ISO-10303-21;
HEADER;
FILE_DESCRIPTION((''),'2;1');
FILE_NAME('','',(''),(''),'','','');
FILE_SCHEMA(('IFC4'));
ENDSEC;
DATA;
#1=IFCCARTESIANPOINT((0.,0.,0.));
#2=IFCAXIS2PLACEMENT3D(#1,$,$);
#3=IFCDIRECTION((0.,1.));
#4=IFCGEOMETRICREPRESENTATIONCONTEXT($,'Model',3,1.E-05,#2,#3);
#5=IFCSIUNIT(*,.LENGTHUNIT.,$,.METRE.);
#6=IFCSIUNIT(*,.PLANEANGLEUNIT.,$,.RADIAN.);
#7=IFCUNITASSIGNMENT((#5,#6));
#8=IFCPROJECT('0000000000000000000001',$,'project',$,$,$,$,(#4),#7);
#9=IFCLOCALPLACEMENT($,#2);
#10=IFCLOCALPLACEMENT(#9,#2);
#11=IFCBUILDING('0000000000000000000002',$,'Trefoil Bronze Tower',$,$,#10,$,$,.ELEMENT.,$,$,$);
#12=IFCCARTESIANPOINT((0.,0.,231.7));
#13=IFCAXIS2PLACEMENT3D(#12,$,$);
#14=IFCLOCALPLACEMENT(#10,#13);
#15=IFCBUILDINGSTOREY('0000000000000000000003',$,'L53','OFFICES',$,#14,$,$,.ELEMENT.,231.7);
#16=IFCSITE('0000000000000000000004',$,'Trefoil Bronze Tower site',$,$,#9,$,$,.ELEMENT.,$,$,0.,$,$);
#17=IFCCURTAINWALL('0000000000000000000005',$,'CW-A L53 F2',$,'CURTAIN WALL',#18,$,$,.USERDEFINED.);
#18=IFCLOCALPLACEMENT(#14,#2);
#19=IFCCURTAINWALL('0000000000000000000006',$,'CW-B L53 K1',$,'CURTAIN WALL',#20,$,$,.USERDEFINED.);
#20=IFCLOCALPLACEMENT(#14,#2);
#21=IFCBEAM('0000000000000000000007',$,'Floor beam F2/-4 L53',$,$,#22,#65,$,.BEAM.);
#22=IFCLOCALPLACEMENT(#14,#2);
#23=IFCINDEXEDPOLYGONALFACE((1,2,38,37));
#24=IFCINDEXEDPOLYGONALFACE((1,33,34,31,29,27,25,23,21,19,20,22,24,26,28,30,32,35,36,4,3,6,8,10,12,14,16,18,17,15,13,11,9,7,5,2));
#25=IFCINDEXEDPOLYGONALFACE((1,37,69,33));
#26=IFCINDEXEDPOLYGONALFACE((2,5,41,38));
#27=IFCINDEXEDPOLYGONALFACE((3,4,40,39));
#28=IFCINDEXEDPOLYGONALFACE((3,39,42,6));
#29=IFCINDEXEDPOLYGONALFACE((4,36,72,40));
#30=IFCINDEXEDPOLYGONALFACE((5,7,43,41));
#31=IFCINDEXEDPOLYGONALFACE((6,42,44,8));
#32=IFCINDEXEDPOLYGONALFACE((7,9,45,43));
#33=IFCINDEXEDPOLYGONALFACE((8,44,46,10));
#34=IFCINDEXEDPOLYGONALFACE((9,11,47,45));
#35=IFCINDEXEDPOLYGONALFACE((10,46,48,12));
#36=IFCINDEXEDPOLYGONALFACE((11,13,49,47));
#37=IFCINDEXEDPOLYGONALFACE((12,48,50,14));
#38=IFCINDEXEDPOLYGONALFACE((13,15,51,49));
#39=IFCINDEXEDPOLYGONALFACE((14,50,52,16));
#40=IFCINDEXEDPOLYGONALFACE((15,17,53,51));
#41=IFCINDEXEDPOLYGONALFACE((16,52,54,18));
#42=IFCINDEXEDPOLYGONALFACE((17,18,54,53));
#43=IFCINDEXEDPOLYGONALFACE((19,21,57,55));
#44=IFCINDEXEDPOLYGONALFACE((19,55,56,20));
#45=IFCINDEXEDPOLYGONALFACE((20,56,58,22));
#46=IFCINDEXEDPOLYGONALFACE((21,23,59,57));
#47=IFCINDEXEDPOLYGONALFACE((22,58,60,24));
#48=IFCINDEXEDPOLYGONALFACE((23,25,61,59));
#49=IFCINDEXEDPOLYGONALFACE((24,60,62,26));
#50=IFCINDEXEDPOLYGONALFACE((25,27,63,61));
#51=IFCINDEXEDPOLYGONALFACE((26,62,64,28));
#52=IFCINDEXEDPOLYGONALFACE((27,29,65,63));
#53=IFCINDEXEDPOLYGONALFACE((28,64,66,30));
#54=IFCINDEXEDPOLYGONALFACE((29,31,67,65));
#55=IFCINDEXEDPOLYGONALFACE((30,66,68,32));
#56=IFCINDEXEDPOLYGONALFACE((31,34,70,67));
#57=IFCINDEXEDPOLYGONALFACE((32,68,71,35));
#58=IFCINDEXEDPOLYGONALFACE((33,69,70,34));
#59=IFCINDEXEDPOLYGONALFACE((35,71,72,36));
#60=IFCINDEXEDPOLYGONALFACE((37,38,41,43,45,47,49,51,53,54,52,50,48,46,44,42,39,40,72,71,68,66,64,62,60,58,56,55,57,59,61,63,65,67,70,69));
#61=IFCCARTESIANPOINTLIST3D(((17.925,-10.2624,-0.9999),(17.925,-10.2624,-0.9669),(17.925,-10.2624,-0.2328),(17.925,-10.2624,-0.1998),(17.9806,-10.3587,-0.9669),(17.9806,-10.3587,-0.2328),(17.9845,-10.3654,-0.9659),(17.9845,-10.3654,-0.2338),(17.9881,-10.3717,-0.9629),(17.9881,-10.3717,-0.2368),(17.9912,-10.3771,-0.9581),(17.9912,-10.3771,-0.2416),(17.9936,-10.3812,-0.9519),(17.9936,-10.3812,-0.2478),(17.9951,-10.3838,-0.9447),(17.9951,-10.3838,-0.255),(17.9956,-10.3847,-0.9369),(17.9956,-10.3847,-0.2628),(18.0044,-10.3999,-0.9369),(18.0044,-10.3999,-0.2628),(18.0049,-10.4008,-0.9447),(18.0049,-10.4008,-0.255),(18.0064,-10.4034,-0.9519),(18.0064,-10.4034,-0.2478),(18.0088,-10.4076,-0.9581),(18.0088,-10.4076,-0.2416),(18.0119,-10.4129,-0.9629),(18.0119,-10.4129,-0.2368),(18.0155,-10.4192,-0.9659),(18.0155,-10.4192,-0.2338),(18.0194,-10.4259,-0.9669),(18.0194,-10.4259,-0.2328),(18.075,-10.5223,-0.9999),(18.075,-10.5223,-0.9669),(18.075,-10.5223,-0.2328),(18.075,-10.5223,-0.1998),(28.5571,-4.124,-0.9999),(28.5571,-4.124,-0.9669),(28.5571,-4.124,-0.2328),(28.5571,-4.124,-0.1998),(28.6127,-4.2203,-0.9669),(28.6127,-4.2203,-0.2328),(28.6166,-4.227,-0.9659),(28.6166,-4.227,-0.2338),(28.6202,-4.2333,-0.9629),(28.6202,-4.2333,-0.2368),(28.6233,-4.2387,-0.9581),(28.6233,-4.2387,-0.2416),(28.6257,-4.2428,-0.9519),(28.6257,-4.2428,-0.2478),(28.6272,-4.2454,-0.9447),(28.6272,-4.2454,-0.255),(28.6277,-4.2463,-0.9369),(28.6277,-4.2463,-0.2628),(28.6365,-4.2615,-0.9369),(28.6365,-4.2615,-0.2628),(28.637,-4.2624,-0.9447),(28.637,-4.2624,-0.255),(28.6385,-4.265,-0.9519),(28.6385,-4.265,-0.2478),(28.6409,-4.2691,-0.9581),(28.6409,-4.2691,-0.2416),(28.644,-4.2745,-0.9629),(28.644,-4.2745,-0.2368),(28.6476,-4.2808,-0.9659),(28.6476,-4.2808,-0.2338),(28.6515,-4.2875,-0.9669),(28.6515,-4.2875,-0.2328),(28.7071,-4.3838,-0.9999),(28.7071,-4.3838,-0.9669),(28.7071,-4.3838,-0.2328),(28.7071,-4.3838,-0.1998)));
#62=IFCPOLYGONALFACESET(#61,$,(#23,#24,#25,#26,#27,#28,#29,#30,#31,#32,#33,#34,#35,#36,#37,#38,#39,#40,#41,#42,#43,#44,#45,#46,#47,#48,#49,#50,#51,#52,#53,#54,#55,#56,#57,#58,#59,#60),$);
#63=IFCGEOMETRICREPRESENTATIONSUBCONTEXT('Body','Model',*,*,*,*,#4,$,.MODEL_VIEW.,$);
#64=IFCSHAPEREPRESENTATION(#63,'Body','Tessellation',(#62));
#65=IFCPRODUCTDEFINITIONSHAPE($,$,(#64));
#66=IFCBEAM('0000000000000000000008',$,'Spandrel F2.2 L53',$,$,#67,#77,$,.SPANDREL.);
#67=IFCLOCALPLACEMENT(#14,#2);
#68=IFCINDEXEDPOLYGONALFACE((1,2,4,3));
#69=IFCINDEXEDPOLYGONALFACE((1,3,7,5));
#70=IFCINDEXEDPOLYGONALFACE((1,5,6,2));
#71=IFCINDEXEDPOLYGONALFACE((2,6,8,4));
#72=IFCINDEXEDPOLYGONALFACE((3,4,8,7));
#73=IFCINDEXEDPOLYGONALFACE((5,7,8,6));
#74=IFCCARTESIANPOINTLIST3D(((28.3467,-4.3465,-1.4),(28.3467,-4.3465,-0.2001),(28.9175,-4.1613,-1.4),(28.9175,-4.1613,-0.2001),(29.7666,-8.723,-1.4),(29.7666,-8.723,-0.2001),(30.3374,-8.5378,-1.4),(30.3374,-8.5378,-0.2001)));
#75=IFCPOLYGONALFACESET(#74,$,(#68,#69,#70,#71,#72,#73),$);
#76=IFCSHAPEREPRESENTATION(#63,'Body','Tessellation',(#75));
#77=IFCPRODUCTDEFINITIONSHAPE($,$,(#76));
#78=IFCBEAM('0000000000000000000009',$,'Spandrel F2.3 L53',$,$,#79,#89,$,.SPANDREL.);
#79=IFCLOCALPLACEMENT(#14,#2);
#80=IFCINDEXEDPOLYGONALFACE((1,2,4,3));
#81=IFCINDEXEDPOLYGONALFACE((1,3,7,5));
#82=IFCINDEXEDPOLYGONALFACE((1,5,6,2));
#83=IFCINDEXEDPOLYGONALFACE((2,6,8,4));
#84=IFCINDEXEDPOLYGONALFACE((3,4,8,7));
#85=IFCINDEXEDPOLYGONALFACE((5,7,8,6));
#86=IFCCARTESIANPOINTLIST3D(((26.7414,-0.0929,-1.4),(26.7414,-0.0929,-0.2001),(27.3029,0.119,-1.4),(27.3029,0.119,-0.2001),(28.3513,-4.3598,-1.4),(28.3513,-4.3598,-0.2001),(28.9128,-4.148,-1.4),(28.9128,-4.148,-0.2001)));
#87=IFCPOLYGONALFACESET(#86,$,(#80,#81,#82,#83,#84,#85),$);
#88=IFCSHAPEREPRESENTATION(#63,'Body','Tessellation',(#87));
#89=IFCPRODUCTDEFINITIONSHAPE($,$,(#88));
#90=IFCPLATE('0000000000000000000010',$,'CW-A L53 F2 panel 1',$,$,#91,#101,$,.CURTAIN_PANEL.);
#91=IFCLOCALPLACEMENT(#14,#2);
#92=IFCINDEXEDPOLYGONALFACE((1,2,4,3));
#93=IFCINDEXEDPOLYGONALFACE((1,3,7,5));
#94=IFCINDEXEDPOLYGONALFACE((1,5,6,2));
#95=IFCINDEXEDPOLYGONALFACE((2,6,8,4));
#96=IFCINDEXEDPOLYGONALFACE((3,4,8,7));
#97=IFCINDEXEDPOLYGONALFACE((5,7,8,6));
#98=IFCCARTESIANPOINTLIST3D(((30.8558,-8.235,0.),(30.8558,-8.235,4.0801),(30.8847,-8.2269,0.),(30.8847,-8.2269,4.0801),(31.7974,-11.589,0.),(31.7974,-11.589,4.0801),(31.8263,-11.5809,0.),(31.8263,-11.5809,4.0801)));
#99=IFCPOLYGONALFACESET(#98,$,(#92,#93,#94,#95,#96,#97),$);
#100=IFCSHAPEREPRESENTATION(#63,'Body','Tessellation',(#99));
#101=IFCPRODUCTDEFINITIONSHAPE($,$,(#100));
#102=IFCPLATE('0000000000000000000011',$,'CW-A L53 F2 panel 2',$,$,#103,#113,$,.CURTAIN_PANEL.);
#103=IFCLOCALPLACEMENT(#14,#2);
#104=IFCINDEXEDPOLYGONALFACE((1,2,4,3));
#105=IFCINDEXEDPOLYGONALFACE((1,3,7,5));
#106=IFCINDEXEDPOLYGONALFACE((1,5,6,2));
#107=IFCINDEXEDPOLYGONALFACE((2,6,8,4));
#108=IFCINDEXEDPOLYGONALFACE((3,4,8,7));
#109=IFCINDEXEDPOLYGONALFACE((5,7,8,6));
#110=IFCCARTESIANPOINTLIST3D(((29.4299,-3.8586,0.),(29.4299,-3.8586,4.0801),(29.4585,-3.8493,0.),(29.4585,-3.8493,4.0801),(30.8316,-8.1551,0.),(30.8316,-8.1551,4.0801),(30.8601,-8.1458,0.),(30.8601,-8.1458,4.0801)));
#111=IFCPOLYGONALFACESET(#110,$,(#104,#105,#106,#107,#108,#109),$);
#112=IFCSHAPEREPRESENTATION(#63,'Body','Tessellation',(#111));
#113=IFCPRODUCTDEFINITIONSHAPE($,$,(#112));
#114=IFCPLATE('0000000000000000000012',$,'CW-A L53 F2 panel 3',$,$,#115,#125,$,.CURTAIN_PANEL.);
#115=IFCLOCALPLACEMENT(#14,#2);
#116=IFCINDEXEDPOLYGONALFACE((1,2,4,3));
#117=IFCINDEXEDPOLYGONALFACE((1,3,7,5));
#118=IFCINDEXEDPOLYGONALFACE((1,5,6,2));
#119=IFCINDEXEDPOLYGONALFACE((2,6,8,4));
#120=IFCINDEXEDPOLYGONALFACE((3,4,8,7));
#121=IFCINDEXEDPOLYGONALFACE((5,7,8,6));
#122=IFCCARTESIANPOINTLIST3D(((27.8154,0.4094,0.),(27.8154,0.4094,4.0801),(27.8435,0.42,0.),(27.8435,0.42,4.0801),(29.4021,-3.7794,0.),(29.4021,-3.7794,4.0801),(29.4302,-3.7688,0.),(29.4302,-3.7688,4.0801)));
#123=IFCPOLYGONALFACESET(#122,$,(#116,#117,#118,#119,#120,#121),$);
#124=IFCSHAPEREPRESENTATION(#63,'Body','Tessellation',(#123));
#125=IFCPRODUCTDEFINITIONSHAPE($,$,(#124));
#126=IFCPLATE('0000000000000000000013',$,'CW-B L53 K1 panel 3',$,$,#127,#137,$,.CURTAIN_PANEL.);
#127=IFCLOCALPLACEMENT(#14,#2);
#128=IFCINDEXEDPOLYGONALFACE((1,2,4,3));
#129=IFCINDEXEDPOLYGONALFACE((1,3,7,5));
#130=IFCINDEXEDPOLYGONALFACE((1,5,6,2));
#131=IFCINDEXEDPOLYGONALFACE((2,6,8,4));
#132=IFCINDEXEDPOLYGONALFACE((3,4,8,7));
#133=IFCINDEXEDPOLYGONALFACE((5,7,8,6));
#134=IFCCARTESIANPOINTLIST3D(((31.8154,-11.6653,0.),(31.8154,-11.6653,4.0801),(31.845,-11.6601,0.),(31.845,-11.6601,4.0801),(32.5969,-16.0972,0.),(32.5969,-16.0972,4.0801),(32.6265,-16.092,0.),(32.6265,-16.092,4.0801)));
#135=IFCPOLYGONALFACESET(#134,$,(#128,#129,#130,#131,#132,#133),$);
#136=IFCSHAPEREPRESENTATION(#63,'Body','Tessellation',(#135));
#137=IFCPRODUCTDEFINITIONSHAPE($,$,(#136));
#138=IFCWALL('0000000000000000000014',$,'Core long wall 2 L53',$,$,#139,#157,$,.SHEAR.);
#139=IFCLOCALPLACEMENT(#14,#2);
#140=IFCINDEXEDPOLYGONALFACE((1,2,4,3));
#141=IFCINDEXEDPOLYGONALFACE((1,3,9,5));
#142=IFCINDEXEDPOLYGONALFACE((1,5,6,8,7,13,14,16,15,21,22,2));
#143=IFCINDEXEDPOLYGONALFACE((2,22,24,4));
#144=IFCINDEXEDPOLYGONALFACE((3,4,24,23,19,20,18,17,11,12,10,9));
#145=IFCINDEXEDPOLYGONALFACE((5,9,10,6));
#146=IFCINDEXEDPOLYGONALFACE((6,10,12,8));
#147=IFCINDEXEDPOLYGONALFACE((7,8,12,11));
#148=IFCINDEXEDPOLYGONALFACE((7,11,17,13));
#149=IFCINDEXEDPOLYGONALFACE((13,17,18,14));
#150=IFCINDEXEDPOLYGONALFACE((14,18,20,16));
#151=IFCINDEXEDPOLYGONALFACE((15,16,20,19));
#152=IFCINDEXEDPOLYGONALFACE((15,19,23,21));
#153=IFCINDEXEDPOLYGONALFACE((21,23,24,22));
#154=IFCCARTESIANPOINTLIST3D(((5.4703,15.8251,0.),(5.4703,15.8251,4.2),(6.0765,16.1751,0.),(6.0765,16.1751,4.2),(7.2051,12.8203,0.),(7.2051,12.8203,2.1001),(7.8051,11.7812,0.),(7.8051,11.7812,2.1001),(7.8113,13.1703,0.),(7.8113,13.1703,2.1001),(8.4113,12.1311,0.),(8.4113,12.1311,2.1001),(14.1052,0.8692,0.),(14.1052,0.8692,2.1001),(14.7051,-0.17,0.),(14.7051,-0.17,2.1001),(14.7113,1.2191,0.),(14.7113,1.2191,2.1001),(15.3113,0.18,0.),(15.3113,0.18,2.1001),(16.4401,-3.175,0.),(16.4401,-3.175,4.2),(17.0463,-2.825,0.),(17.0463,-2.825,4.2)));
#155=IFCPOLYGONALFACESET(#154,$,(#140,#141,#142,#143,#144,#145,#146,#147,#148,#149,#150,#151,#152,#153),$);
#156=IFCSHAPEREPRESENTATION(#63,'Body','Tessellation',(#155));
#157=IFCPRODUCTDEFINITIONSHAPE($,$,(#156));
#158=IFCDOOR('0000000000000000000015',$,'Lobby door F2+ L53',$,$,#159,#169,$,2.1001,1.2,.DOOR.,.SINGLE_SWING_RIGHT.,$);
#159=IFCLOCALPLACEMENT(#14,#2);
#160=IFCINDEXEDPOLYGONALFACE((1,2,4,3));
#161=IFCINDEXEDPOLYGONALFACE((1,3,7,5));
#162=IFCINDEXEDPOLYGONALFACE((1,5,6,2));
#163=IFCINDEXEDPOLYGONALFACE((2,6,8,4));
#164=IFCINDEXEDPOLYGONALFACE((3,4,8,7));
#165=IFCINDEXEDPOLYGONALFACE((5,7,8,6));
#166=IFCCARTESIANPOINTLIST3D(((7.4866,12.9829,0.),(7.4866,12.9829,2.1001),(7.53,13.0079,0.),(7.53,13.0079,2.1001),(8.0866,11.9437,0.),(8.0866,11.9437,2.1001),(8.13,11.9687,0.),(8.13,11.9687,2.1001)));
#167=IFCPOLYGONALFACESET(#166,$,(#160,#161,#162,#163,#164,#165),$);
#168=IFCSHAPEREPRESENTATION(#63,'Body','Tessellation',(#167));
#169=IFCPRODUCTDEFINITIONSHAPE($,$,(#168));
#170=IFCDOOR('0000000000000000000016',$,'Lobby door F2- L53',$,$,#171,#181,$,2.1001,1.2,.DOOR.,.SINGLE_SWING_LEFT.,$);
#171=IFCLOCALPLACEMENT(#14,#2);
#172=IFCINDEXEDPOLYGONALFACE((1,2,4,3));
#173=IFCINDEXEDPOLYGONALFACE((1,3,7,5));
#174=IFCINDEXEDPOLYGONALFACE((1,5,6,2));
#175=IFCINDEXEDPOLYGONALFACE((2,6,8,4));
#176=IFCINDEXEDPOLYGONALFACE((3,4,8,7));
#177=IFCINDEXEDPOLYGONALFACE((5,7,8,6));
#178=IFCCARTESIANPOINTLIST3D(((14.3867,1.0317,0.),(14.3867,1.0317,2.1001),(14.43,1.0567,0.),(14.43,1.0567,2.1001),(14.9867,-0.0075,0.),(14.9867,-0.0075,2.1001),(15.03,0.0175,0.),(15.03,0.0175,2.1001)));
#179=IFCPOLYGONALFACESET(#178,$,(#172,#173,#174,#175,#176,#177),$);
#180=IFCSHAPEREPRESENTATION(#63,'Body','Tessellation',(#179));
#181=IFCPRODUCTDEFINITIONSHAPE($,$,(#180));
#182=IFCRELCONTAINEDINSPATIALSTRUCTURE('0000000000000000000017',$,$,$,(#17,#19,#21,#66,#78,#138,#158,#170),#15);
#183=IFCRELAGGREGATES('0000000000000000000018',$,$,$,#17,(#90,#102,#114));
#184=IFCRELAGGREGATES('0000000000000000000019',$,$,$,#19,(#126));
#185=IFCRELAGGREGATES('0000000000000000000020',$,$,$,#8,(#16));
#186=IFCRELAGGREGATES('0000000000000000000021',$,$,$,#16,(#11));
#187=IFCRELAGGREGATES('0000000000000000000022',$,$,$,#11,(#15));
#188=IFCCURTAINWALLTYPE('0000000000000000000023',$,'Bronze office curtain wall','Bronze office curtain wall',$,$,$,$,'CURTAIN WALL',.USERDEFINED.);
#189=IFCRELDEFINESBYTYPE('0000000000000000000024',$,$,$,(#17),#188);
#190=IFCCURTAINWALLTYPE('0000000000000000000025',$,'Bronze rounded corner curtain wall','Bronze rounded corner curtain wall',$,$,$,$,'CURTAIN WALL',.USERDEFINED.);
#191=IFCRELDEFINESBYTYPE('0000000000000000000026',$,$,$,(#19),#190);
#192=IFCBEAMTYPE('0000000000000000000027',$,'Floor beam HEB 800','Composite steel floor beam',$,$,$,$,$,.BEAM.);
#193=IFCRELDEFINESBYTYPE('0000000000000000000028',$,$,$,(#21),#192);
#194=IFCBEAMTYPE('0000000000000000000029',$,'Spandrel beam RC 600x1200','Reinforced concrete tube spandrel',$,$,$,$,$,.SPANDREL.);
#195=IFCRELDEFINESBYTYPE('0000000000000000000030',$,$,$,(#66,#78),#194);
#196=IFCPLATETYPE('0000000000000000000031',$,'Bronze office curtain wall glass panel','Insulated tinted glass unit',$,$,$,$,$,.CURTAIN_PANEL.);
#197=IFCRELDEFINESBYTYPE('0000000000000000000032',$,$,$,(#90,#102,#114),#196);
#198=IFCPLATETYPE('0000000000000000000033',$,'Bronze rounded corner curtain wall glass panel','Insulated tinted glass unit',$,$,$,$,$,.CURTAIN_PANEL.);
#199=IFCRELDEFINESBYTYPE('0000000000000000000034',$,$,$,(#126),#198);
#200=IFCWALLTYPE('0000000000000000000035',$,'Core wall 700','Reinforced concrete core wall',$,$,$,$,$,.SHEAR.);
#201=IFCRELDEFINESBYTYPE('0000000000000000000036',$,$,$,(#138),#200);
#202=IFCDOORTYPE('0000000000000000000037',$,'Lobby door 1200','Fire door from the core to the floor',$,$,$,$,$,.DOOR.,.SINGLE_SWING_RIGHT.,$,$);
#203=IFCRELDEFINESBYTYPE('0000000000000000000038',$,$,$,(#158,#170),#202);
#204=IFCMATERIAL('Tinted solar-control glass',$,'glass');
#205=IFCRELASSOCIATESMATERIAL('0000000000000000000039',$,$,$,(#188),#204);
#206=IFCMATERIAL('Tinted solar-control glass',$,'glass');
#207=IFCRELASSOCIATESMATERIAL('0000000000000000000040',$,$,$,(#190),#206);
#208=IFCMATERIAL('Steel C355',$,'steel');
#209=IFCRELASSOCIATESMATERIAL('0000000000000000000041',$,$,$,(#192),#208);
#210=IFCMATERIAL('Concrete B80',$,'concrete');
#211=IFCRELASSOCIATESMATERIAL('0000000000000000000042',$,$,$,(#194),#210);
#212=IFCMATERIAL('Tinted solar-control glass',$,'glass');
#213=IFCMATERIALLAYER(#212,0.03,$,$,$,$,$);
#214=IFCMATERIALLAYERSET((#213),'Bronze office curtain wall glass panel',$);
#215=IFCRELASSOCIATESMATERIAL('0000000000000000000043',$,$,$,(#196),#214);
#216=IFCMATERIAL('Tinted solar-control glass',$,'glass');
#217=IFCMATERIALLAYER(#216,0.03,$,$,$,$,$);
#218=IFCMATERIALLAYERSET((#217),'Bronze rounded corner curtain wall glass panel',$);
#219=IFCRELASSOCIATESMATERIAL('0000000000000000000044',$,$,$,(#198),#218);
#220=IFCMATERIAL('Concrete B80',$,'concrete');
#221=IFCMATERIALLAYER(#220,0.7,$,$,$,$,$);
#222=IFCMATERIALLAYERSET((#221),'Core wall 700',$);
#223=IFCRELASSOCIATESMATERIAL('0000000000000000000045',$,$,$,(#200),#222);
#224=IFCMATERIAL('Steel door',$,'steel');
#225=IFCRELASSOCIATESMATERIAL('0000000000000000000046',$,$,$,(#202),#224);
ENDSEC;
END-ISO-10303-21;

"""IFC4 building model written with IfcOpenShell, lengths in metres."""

from ifc_helpers import new_model, si_unit, direction, frame, frame_2d, origin, origin_2d, place, context, subcontext, project, spatial, rectangle, i_section, extrude, material, layer, layer_set, material_profile, profile_set, type_object, element, fill, aggregate, save


model = new_model("IFC4")

# Units and contexts
model_context = context("Model", 3, precision=1e-05, world=origin(), true_north=direction((0.0, 1.0)))
body_context = subcontext(model_context, "Body", "Model", "MODEL_VIEW")
ifc_project = project(units=[si_unit("LENGTHUNIT", "METRE"), si_unit("PLANEANGLEUNIT", "RADIAN")], contexts=[model_context])

# Site, building, storey
site_placement = place(None, origin())
site = spatial("IfcSite", under=ifc_project, at=site_placement, Name="Trefoil Bronze Tower site", CompositionType="ELEMENT", RefElevation=0.0)
building_placement = place(site_placement, origin())
building = spatial("IfcBuilding", under=site, at=building_placement, Name="Trefoil Bronze Tower", CompositionType="ELEMENT")
storey_placement = place(building_placement, frame((0.0, 0.0, 231.7)))
storey = spatial("IfcBuildingStorey", under=building, at=storey_placement, Name="L53", Description="OFFICES", CompositionType="ELEMENT", Elevation=231.7)

# Curtain walls
ifc_material_1 = material(Name="Tinted solar-control glass", Category="glass")
curtain_wall_type_1 = type_object("IfcCurtainWallType", Name="Bronze office curtain wall", Description="Bronze office curtain wall", ElementType="CURTAIN WALL", PredefinedType="USERDEFINED", material=ifc_material_1)
curtain_wall_1_placement = place(storey_placement, origin())
curtain_wall_1 = element("IfcCurtainWall", 1, at=curtain_wall_1_placement, inside=storey, type_object=curtain_wall_type_1, Name="CW-A L53 F2", ObjectType="CURTAIN WALL", PredefinedType="USERDEFINED")
ifc_material_2 = material(Name="Tinted solar-control glass", Category="glass")
curtain_wall_type_2 = type_object("IfcCurtainWallType", Name="Bronze rounded corner curtain wall", Description="Bronze rounded corner curtain wall", ElementType="CURTAIN WALL", PredefinedType="USERDEFINED", material=ifc_material_2)
curtain_wall_2_placement = place(storey_placement, origin())
curtain_wall_2 = element("IfcCurtainWall", 2, at=curtain_wall_2_placement, inside=storey, type_object=curtain_wall_type_2, Name="CW-B L53 K1", ObjectType="CURTAIN WALL", PredefinedType="USERDEFINED")

# Beams
ifc_material_3 = material(Name="Steel C355", Category="steel")
ifc_material_profile_1 = material_profile(ifc_material_3, i_section(OverallWidth=0.3, OverallDepth=0.8, WebThickness=0.0176, FlangeThickness=0.033, FilletRadius=0.03, at=origin_2d()), Name="HEB 800")
ifc_profile_set_1 = profile_set([ifc_material_profile_1], Name="Steel C355")
beam_type_1 = type_object("IfcBeamType", Name="Floor beam HEB 800", Description="Composite steel floor beam", PredefinedType="BEAM", material=ifc_profile_set_1)
beam_1_placement = place(storey_placement, frame((28.6321, -4.2539, -0.5999), z_axis=(-0.866026, -0.5, 0.0), x_axis=(0.5, -0.866026, 0.0)))
element("IfcBeam", 3, at=beam_1_placement, inside=storey, type_object=beam_type_1, Name="Floor beam F2/-4 L53", PredefinedType="BEAM", context=body_context, shape_type="SweptSolid", body=[
    extrude(i_section(OverallWidth=0.3, OverallDepth=0.8, WebThickness=0.0176, FlangeThickness=0.033, FilletRadius=0.03, at=origin_2d()), origin(), (0.0, 0.0, 1.0), 12.2769),
])
ifc_material_4 = material(Name="Concrete B80", Category="concrete")
ifc_material_profile_2 = material_profile(ifc_material_4, rectangle(XDim=0.6001, YDim=1.2, at=origin_2d()), Name="RC 600x1200")
ifc_profile_set_2 = profile_set([ifc_material_profile_2], Name="Concrete B80")
beam_type_2 = type_object("IfcBeamType", Name="Spandrel beam RC 600x1200", Description="Reinforced concrete tube spandrel", PredefinedType="SPANDREL", material=ifc_profile_set_2)
beam_2_placement = place(storey_placement, frame((30.052, -8.6304, -0.8), z_axis=(-0.308609, 0.951189, 0.0), x_axis=(-0.951189, -0.308609, 0.0)))
element("IfcBeam", 4, at=beam_2_placement, inside=storey, type_object=beam_type_2, Name="Spandrel F2.2 L53", PredefinedType="SPANDREL", context=body_context, shape_type="SweptSolid", body=[
    extrude(rectangle(XDim=0.6001, YDim=1.2, at=origin_2d()), origin(), (0.0, 0.0, 1.0), 4.6011),
])
beam_3_placement = place(storey_placement, frame((28.6321, -4.2539, -0.8), z_axis=(-0.353006, 0.935621, 0.0), x_axis=(-0.935621, -0.353006, 0.0)))
element("IfcBeam", 5, at=beam_3_placement, inside=storey, type_object=beam_type_2, Name="Spandrel F2.3 L53", PredefinedType="SPANDREL", context=body_context, shape_type="SweptSolid", body=[
    extrude(rectangle(XDim=0.6001, YDim=1.2, at=origin_2d()), origin(), (0.0, 0.0, 1.0), 4.5605),
])

# Plates
ifc_material_5 = material(Name="Tinted solar-control glass", Category="glass")
ifc_layer_1 = layer(ifc_material_5, 0.03)
ifc_layer_set_1 = layer_set([ifc_layer_1], Name="Bronze office curtain wall glass panel")
plate_type_1 = type_object("IfcPlateType", Name="Bronze office curtain wall glass panel", Description="Insulated tinted glass unit", PredefinedType="CURTAIN_PANEL", material=ifc_layer_set_1)
plate_1_placement = place(storey_placement, frame((31.3411, -9.908, 0.0), z_axis=(0.0, 0.0, 1.0), x_axis=(-0.270282, 0.962781, 0.0)))
plate_1 = element("IfcPlate", 6, at=plate_1_placement, type_object=plate_type_1, Name="CW-A L53 F2 panel 1", PredefinedType="CURTAIN_PANEL", context=body_context, shape_type="SweptSolid", body=[
    extrude(rectangle(XDim=3.4836, YDim=0.03, at=origin_2d()), origin(), (0.0, 0.0, 1.0), 4.0801),
])
plate_2_placement = place(storey_placement, frame((30.145, -6.0022, 0.0), z_axis=(0.0, 0.0, 1.0), x_axis=(-0.310149, 0.950688, 0.0)))
plate_2 = element("IfcPlate", 7, at=plate_2_placement, type_object=plate_type_1, Name="CW-A L53 F2 panel 2", PredefinedType="CURTAIN_PANEL", context=body_context, shape_type="SweptSolid", body=[
    extrude(rectangle(XDim=4.5193, YDim=0.03, at=origin_2d()), origin(), (0.0, 0.0, 1.0), 4.0801),
])
plate_3_placement = place(storey_placement, frame((28.6228, -1.6797, 0.0), z_axis=(0.0, 0.0, 1.0), x_axis=(-0.354234, 0.935157, 0.0)))
plate_3 = element("IfcPlate", 8, at=plate_3_placement, type_object=plate_type_1, Name="CW-A L53 F2 panel 3", PredefinedType="CURTAIN_PANEL", context=body_context, shape_type="SweptSolid", body=[
    extrude(rectangle(XDim=4.4792, YDim=0.03, at=origin_2d()), origin(), (0.0, 0.0, 1.0), 4.0801),
])
aggregate(curtain_wall_1, [plate_1, plate_2, plate_3])
ifc_material_6 = material(Name="Tinted solar-control glass", Category="glass")
ifc_layer_2 = layer(ifc_material_6, 0.03)
ifc_layer_set_2 = layer_set([ifc_layer_2], Name="Bronze rounded corner curtain wall glass panel")
plate_type_2 = type_object("IfcPlateType", Name="Bronze rounded corner curtain wall glass panel", Description="Insulated tinted glass unit", PredefinedType="CURTAIN_PANEL", material=ifc_layer_set_2)
plate_4_placement = place(storey_placement, frame((32.2209, -13.8787, 0.0), z_axis=(0.0, 0.0, 1.0), x_axis=(-0.173648, 0.984808, 0.0)))
plate_4 = element("IfcPlate", 9, at=plate_4_placement, type_object=plate_type_2, Name="CW-B L53 K1 panel 3", PredefinedType="CURTAIN_PANEL", context=body_context, shape_type="SweptSolid", body=[
    extrude(rectangle(XDim=4.5002, YDim=0.03, at=origin_2d()), origin(), (0.0, 0.0, 1.0), 4.0801),
])
aggregate(curtain_wall_2, [plate_4])

# Wall, openings, doors
ifc_material_7 = material(Name="Concrete B80", Category="concrete")
ifc_layer_3 = layer(ifc_material_7, 0.7)
ifc_layer_set_3 = layer_set([ifc_layer_3], Name="Core wall 700")
wall_type_1 = type_object("IfcWallType", Name="Core wall 700", Description="Reinforced concrete core wall", PredefinedType="SHEAR", material=ifc_layer_set_3)
wall_1_placement = place(storey_placement, frame((16.7432, -3.0, 0.0), z_axis=(0.0, 0.0, 1.0), x_axis=(-0.500002, 0.866024, 0.0)))
wall_1 = element("IfcWall", 10, at=wall_1_placement, inside=storey, type_object=wall_type_1, Name="Core long wall 2 L53", PredefinedType="SHEAR", context=body_context, shape_type="SweptSolid", body=[
    extrude(rectangle(XDim=21.9395, YDim=0.7, at=frame_2d((10.9697, 0.0))), origin(), (0.0, 0.0, 1.0), 4.2),
])
opening_1_placement = place(wall_1_placement, frame((17.2698, 0.0, 0.0)))
opening_1 = element("IfcOpeningElement", 11, at=opening_1_placement, cuts=wall_1, PredefinedType="OPENING", context=body_context, shape_type="SweptSolid", body=[
    extrude(rectangle(XDim=1.2, YDim=2.1001, at=frame_2d((0.6001, 1.05))), frame((0.0, 0.3599, 0.0), z_axis=(0.0, -1.0, 0.0), x_axis=(1.0, 0.0, 0.0)), (0.0, 0.0, 1.0), 0.72),
])
opening_2_placement = place(wall_1_placement, frame((3.4697, 0.0, 0.0)))
opening_2 = element("IfcOpeningElement", 12, at=opening_2_placement, cuts=wall_1, PredefinedType="OPENING", context=body_context, shape_type="SweptSolid", body=[
    extrude(rectangle(XDim=1.2, YDim=2.1001, at=frame_2d((0.6001, 1.05))), frame((0.0, 0.3599, 0.0), z_axis=(0.0, -1.0, 0.0), x_axis=(1.0, 0.0, 0.0)), (0.0, 0.0, 1.0), 0.72),
])
ifc_material_8 = material(Name="Steel door", Category="steel")
door_type_1 = type_object("IfcDoorType", Name="Lobby door 1200", Description="Fire door from the core to the floor", OperationType="SINGLE_SWING_RIGHT", PredefinedType="DOOR", material=ifc_material_8)
door_1_placement = place(opening_1_placement, origin())
door_1 = element("IfcDoor", 13, at=door_1_placement, inside=storey, type_object=door_type_1, Name="Lobby door F2+ L53", OperationType="SINGLE_SWING_RIGHT", OverallHeight=2.1001, OverallWidth=1.2, PredefinedType="DOOR", context=body_context, shape_type="SweptSolid", body=[
    extrude(rectangle(XDim=1.2, YDim=2.1001, at=frame_2d((0.6001, 1.05))), frame((0.0, 0.0249, 0.0), z_axis=(0.0, -1.0, 0.0), x_axis=(1.0, 0.0, 0.0)), (0.0, 0.0, 1.0), 0.05),
])
fill(opening_1, door_1)
door_2_placement = place(opening_2_placement, origin())
door_2 = element("IfcDoor", 14, at=door_2_placement, inside=storey, type_object=door_type_1, Name="Lobby door F2- L53", OperationType="SINGLE_SWING_LEFT", OverallHeight=2.1001, OverallWidth=1.2, PredefinedType="DOOR", context=body_context, shape_type="SweptSolid", body=[
    extrude(rectangle(XDim=1.2, YDim=2.1001, at=frame_2d((0.6001, 1.05))), frame((0.0, 0.0249, 0.0), z_axis=(0.0, -1.0, 0.0), x_axis=(1.0, 0.0, 0.0)), (0.0, 0.0, 1.0), 0.05),
])
fill(opening_2, door_2)

save(model, "model.ifc")
